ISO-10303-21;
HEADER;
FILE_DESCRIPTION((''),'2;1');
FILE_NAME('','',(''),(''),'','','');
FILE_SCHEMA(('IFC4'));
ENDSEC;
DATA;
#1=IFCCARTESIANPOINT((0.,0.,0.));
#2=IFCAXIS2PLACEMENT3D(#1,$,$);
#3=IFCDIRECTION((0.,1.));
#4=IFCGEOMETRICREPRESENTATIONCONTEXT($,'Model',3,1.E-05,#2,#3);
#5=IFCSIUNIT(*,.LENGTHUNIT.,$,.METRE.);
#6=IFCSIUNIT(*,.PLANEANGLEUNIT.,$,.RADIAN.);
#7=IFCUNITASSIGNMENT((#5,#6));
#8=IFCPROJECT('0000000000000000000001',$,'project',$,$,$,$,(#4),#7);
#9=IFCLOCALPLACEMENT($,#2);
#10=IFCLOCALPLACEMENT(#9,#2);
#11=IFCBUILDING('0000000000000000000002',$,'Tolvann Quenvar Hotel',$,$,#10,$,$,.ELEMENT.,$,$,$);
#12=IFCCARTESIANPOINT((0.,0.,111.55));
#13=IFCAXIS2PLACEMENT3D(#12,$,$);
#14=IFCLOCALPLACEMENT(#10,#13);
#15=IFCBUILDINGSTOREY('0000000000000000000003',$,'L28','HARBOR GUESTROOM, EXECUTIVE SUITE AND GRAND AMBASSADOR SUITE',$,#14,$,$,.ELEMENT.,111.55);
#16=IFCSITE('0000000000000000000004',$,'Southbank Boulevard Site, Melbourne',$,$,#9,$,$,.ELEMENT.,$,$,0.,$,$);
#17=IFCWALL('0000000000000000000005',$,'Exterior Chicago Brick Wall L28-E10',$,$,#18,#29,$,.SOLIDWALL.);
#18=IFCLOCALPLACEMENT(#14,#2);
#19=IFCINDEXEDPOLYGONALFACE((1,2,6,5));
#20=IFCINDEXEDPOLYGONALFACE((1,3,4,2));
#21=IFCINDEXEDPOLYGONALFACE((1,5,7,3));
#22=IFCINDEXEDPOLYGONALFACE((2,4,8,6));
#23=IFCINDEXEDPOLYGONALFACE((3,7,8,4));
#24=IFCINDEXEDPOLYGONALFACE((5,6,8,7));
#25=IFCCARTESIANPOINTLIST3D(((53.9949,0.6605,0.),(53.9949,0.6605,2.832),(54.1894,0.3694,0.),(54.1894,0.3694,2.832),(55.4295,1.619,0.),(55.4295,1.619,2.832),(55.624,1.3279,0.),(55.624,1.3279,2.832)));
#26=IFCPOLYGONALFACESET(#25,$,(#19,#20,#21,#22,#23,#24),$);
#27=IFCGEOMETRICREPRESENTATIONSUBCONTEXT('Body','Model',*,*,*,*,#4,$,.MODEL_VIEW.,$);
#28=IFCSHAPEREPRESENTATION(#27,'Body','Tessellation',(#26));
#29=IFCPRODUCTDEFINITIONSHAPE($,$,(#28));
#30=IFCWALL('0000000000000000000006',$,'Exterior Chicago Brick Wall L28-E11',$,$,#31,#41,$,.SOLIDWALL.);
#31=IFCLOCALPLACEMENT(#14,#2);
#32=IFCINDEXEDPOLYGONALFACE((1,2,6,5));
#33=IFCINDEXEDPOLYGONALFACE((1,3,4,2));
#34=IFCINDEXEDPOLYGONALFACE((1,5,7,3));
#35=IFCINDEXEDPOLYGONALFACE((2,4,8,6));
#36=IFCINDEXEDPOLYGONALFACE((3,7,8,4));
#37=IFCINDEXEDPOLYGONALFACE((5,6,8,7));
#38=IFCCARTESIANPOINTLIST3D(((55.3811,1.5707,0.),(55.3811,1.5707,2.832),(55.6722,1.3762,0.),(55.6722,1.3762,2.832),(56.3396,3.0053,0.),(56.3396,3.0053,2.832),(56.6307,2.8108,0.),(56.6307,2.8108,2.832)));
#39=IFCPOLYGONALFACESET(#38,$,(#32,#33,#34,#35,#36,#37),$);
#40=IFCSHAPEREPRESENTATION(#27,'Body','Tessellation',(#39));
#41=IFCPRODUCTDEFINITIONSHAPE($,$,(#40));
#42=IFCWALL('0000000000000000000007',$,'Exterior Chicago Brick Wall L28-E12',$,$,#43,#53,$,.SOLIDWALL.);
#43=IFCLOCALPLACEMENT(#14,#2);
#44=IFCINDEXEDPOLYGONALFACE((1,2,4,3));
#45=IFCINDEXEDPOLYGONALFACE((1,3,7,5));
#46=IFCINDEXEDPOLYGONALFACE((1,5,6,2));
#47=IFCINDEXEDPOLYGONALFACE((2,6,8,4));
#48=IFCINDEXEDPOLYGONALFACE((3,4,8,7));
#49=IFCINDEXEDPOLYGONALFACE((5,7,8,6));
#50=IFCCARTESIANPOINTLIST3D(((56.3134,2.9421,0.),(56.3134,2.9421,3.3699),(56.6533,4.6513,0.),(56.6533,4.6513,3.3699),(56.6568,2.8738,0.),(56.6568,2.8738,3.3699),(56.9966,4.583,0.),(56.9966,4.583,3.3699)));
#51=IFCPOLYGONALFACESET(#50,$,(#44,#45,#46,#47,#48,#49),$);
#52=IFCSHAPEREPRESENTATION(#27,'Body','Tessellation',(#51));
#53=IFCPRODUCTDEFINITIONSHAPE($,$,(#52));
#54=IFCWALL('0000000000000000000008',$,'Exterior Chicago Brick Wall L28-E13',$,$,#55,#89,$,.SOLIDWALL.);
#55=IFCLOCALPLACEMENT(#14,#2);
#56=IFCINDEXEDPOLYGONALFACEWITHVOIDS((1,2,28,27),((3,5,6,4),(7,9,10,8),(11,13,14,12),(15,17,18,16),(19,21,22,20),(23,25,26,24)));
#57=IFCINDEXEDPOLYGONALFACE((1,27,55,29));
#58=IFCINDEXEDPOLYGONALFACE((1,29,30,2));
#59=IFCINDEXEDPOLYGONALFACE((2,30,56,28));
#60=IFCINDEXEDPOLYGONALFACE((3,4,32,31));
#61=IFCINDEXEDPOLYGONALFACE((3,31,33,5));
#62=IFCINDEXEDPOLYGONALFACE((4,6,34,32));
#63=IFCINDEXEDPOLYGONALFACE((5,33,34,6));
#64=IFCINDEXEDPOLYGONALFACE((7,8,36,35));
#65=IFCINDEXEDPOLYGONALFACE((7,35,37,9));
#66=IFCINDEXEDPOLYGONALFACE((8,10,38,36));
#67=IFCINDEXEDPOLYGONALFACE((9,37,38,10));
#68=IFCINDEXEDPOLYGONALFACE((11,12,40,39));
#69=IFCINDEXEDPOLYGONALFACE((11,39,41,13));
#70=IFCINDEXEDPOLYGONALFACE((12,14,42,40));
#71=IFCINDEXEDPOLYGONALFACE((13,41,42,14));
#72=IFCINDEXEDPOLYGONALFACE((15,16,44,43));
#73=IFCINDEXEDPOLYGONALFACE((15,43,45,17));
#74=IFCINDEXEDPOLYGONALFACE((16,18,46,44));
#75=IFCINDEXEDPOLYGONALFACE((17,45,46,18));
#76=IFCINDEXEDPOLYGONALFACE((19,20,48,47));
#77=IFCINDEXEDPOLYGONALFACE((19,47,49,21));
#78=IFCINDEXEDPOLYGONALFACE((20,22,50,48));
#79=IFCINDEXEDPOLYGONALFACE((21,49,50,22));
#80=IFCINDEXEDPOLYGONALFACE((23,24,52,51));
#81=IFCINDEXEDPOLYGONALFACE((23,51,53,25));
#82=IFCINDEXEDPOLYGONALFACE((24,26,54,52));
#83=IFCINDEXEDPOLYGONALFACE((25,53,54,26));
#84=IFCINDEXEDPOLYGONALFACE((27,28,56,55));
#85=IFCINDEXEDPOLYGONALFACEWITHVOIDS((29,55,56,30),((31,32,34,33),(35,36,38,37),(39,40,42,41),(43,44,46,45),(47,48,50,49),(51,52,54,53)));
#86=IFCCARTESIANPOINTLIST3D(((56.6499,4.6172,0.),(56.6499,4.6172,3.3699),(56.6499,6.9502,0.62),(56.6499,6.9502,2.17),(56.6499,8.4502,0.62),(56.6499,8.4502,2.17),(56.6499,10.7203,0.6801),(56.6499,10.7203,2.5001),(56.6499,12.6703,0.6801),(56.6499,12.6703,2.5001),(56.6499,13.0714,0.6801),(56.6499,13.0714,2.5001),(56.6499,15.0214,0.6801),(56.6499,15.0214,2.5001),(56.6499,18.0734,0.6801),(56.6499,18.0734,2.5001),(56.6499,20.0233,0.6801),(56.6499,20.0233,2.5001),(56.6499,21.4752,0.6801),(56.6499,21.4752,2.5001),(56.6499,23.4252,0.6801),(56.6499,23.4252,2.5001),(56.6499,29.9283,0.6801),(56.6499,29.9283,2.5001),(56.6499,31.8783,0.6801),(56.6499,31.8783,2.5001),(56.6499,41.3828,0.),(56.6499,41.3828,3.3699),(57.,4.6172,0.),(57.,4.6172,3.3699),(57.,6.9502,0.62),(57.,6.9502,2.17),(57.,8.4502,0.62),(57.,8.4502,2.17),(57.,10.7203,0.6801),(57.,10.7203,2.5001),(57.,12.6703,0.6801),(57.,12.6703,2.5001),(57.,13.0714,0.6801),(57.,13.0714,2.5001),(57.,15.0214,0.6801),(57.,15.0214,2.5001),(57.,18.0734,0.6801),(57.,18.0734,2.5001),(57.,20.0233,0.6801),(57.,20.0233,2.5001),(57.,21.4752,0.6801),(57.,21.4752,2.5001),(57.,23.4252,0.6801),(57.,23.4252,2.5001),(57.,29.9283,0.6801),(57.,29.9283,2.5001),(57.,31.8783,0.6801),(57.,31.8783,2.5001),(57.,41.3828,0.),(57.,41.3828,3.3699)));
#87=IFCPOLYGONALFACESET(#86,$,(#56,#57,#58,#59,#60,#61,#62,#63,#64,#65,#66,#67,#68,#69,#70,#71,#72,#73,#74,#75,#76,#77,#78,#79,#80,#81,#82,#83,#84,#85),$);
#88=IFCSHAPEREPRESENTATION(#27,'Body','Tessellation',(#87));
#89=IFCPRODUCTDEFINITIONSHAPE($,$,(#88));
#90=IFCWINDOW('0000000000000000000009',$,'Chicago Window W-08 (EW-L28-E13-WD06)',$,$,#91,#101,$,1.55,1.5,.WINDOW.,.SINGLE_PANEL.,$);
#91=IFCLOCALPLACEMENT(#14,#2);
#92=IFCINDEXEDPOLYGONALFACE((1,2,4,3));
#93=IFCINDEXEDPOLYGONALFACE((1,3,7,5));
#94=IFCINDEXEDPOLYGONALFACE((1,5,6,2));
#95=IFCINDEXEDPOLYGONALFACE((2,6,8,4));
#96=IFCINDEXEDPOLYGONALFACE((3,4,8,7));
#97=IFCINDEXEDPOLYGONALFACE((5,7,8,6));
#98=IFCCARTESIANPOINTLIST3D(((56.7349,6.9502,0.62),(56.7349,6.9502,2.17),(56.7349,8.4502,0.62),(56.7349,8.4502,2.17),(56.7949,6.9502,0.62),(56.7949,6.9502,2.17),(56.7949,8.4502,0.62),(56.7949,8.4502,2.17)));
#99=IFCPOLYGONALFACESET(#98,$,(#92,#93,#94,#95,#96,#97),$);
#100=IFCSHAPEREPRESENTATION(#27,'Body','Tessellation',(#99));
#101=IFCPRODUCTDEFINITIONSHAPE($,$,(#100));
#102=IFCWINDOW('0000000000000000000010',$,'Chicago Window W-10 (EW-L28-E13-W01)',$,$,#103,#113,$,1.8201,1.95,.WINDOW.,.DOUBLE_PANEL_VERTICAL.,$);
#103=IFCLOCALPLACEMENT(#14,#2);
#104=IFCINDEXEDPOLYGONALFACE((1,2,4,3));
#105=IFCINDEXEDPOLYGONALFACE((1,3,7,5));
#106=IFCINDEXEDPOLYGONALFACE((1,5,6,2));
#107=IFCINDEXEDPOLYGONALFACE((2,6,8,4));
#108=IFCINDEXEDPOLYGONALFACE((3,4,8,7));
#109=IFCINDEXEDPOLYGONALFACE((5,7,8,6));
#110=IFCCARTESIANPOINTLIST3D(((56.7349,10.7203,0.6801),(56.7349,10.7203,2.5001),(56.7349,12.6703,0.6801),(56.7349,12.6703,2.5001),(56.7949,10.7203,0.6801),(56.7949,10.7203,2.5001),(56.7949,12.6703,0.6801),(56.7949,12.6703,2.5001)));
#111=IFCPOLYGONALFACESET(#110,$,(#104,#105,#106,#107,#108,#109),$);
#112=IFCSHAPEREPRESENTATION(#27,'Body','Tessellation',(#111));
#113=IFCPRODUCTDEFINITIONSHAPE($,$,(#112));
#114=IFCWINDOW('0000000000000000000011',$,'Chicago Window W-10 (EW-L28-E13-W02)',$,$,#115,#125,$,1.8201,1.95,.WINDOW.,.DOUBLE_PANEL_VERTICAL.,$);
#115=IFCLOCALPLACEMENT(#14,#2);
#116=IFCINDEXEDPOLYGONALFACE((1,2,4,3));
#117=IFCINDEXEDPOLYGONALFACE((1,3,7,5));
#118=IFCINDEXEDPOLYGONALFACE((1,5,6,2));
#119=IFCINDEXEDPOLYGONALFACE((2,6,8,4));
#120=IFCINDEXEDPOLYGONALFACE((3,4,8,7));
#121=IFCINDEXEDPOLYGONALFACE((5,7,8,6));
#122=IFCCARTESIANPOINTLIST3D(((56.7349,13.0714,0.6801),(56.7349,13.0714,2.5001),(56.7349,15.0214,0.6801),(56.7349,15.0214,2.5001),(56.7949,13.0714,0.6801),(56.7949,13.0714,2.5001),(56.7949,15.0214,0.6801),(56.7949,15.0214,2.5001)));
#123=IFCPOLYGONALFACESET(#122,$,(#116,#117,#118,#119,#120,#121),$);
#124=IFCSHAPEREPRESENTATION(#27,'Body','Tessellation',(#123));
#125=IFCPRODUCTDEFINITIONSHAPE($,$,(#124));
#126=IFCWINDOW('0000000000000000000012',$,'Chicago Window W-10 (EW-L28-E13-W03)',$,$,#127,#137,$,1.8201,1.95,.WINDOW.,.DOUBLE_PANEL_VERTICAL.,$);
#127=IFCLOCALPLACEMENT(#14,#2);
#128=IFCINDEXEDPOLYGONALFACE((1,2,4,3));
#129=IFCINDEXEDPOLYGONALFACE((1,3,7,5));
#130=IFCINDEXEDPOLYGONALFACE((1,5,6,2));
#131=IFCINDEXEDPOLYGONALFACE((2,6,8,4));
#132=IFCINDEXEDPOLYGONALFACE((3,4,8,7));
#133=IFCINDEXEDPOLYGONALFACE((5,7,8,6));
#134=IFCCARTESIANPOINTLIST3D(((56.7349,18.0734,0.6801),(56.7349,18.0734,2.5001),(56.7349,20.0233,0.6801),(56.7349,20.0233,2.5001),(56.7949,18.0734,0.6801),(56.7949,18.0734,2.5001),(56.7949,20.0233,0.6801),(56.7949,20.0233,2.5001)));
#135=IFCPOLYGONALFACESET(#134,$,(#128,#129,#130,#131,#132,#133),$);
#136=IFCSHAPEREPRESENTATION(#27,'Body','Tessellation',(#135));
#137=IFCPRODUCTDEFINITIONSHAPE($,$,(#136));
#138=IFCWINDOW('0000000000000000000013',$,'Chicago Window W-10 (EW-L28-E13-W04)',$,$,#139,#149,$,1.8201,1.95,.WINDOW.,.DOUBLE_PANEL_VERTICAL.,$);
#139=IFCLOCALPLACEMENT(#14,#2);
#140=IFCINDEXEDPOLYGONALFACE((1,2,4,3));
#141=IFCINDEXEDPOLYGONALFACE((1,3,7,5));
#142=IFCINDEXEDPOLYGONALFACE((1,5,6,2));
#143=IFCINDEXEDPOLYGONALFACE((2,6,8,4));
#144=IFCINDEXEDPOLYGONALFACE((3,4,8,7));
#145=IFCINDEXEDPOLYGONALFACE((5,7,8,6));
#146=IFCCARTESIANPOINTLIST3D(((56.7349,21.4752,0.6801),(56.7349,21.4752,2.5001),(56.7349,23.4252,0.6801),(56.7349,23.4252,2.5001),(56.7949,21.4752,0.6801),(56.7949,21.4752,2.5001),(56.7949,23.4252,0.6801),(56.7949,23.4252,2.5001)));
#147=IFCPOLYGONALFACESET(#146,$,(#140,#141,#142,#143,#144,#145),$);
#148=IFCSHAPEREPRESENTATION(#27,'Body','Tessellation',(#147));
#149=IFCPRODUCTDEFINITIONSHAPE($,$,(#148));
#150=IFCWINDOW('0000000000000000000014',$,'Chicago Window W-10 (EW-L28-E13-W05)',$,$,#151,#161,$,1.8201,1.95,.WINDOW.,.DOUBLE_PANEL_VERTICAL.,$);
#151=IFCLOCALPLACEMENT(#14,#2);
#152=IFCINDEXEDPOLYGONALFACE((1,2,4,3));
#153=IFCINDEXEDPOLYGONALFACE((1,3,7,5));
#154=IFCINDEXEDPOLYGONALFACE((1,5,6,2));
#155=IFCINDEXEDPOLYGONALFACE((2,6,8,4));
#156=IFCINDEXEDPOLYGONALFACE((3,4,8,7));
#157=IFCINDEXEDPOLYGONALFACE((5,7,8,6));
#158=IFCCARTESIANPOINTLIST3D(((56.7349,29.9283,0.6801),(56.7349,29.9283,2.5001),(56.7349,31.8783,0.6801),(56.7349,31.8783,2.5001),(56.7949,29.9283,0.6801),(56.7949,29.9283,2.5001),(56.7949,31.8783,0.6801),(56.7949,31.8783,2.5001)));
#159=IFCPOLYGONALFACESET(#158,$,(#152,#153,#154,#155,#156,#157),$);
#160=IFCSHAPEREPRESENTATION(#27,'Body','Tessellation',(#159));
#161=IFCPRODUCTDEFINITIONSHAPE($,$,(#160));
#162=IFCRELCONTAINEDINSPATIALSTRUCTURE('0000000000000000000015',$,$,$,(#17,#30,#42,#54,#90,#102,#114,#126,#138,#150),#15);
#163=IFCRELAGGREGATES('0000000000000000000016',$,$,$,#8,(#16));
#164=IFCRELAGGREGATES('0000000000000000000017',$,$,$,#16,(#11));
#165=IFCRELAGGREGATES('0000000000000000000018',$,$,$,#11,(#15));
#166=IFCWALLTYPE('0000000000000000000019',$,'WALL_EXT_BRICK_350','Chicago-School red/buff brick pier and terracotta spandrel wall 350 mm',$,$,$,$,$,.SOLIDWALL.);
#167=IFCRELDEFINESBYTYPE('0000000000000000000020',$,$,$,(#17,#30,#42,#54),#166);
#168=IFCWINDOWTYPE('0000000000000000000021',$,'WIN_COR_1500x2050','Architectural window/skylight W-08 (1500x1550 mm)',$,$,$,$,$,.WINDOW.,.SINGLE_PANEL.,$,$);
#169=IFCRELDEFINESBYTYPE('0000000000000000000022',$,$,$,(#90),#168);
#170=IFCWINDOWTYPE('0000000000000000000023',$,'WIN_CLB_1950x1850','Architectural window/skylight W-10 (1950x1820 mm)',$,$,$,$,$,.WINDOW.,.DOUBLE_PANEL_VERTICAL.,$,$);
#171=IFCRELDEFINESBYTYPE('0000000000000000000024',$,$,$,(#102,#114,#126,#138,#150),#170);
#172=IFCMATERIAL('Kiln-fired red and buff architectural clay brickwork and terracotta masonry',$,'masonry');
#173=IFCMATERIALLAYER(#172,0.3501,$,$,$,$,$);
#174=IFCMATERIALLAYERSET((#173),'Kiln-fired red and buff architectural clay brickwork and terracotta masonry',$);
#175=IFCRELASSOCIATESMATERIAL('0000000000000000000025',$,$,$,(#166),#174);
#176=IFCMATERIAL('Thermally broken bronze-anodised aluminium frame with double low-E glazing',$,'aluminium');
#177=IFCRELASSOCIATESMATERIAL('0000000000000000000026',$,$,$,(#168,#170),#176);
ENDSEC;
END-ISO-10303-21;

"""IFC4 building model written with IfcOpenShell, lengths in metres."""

from ifc_helpers import new_model, si_unit, direction, frame, frame_2d, origin, place, context, subcontext, project, spatial, rectangle, extrude, source, transform, mapped, material, layer, layer_set, type_object, type_shapes, element, fill, save


model = new_model("IFC4")

# Units and contexts
model_context = context("Model", 3, precision=1e-05, world=origin(), true_north=direction((0.0, 1.0)))
body_context = subcontext(model_context, "Body", "Model", "MODEL_VIEW")
ifc_project = project(units=[si_unit("LENGTHUNIT", "METRE"), si_unit("PLANEANGLEUNIT", "RADIAN")], contexts=[model_context])

# Site, building, storey
site_placement = place(None, origin())
site = spatial("IfcSite", under=ifc_project, at=site_placement, Name="Southbank Boulevard Site, Melbourne", CompositionType="ELEMENT", RefElevation=0.0)
building_placement = place(site_placement, origin())
building = spatial("IfcBuilding", under=site, at=building_placement, Name="Tolvann Quenvar Hotel", CompositionType="ELEMENT")
storey_placement = place(building_placement, frame((0.0, 0.0, 111.55)))
storey = spatial("IfcBuildingStorey", under=building, at=storey_placement, Name="L28", Description="HARBOR GUESTROOM, EXECUTIVE SUITE AND GRAND AMBASSADOR SUITE", CompositionType="ELEMENT", Elevation=111.55)

# Walls
ifc_material_1 = material(Name="Kiln-fired red and buff architectural clay brickwork and terracotta masonry", Category="masonry")
ifc_layer_1 = layer(ifc_material_1, 0.3501)
ifc_layer_set_1 = layer_set([ifc_layer_1], Name="Kiln-fired red and buff architectural clay brickwork and terracotta masonry")
wall_type_1 = type_object("IfcWallType", Name="WALL_EXT_BRICK_350", Description="Chicago-School red/buff brick pier and terracotta spandrel wall 350 mm", PredefinedType="SOLIDWALL", material=ifc_layer_set_1)
for number, where, z_axis, x_axis, name in (
    (1, (54.092, 0.5149, 0.0), (0.0, 0.0, 1.0), (0.831484, 0.555549, 0.0), "Exterior Chicago Brick Wall L28-E10"),
    (2, (55.5266, 1.4734, 0.0), (0.0, 0.0, 1.0), (0.555549, 0.831484, 0.0), "Exterior Chicago Brick Wall L28-E11"),
):
    element("IfcWall", number, at=place(storey_placement, frame(where, z_axis=z_axis, x_axis=x_axis)), inside=storey, type_object=wall_type_1, Name=name, PredefinedType="SOLIDWALL", context=body_context, shape_type="SweptSolid", body=[
        extrude(rectangle(XDim=1.7253, YDim=0.3501, at=frame_2d((0.8628, 0.0))), origin(), (0.0, 0.0, 1.0), 2.832),
    ])
wall_1_placement = place(storey_placement, frame((56.4851, 2.908, 0.0), z_axis=(0.0, 0.0, 1.0), x_axis=(0.195011, 0.980801, 0.0)))
element("IfcWall", 3, at=wall_1_placement, inside=storey, type_object=wall_type_1, Name="Exterior Chicago Brick Wall L28-E12", PredefinedType="SOLIDWALL", context=body_context, shape_type="SweptSolid", body=[
    extrude(rectangle(XDim=1.7427, YDim=0.3501, at=frame_2d((0.8713, 0.0))), origin(), (0.0, 0.0, 1.0), 3.3699),
])

# Wall, openings, windows
wall_2_placement = place(storey_placement, frame((56.825, 4.6172, 0.0), z_axis=(0.0, 0.0, 1.0), x_axis=(0.0, 1.0, 0.0)))
wall_2 = element("IfcWall", 4, at=wall_2_placement, inside=storey, type_object=wall_type_1, Name="Exterior Chicago Brick Wall L28-E13", PredefinedType="SOLIDWALL", context=body_context, shape_type="SweptSolid", body=[
    extrude(rectangle(XDim=36.7656, YDim=0.3501, at=frame_2d((18.3828, 0.0))), origin(), (0.0, 0.0, 1.0), 3.3699),
])
opening_1_placement = place(wall_2_placement, frame((6.103, 0.0, 0.6799)))
opening_1 = element("IfcOpeningElement", 5, at=opening_1_placement, cuts=wall_2, PredefinedType="OPENING", context=body_context, shape_type="SweptSolid", body=[
    extrude(rectangle(XDim=1.95, YDim=1.8201, at=frame_2d((0.9751, 0.9102))), frame((0.0, 0.1851, 0.0), z_axis=(0.0, -1.0, 0.0), x_axis=(1.0, 0.0, 0.0)), (0.0, 0.0, 1.0), 0.3701),
])
opening_2_placement = place(wall_2_placement, frame((8.4541, 0.0, 0.6799)))
opening_2 = element("IfcOpeningElement", 6, at=opening_2_placement, cuts=wall_2, PredefinedType="OPENING", context=body_context, shape_type="SweptSolid", body=[
    extrude(rectangle(XDim=1.95, YDim=1.8201, at=frame_2d((0.9751, 0.9102))), frame((0.0, 0.1851, 0.0), z_axis=(0.0, -1.0, 0.0), x_axis=(1.0, 0.0, 0.0)), (0.0, 0.0, 1.0), 0.3701),
])
opening_3_placement = place(wall_2_placement, frame((13.4561, 0.0, 0.6799)))
opening_3 = element("IfcOpeningElement", 7, at=opening_3_placement, cuts=wall_2, PredefinedType="OPENING", context=body_context, shape_type="SweptSolid", body=[
    extrude(rectangle(XDim=1.95, YDim=1.8201, at=frame_2d((0.9751, 0.9102))), frame((0.0, 0.1851, 0.0), z_axis=(0.0, -1.0, 0.0), x_axis=(1.0, 0.0, 0.0)), (0.0, 0.0, 1.0), 0.3701),
])
opening_4_placement = place(wall_2_placement, frame((16.8579, 0.0, 0.6799)))
opening_4 = element("IfcOpeningElement", 8, at=opening_4_placement, cuts=wall_2, PredefinedType="OPENING", context=body_context, shape_type="SweptSolid", body=[
    extrude(rectangle(XDim=1.95, YDim=1.8201, at=frame_2d((0.9751, 0.9102))), frame((0.0, 0.1851, 0.0), z_axis=(0.0, -1.0, 0.0), x_axis=(1.0, 0.0, 0.0)), (0.0, 0.0, 1.0), 0.3701),
])
opening_5_placement = place(wall_2_placement, frame((25.311, 0.0, 0.6799)))
opening_5 = element("IfcOpeningElement", 9, at=opening_5_placement, cuts=wall_2, PredefinedType="OPENING", context=body_context, shape_type="SweptSolid", body=[
    extrude(rectangle(XDim=1.95, YDim=1.8201, at=frame_2d((0.9751, 0.9102))), frame((0.0, 0.1851, 0.0), z_axis=(0.0, -1.0, 0.0), x_axis=(1.0, 0.0, 0.0)), (0.0, 0.0, 1.0), 0.3701),
])
opening_6_placement = place(wall_2_placement, frame((2.333, 0.0, 0.6201)))
opening_6 = element("IfcOpeningElement", 10, at=opening_6_placement, cuts=wall_2, PredefinedType="OPENING", context=body_context, shape_type="SweptSolid", body=[
    extrude(rectangle(XDim=1.5, YDim=1.55, at=frame_2d((0.75, 0.7749))), frame((0.0, 0.1851, 0.0), z_axis=(0.0, -1.0, 0.0), x_axis=(1.0, 0.0, 0.0)), (0.0, 0.0, 1.0), 0.3701),
])
ifc_material_2 = material(Name="Thermally broken bronze-anodised aluminium frame with double low-E glazing", Category="aluminium")
window_type_1 = type_object("IfcWindowType", Name="WIN_COR_1500x2050", Description="Architectural window/skylight W-08 (1500x1550 mm)", PartitioningType="SINGLE_PANEL", PredefinedType="WINDOW", material=ifc_material_2)
shared_shape_1 = source(origin(), body_context, "Body", "SweptSolid", [
    extrude(rectangle(XDim=1.5, YDim=1.55, at=frame_2d((0.75, 0.7749))), frame((0.0, 0.0901, 0.0), z_axis=(0.0, -1.0, 0.0), x_axis=(1.0, 0.0, 0.0)), (0.0, 0.0, 1.0), 0.0601),
])
type_shapes(window_type_1, [shared_shape_1])
window_1_placement = place(opening_6_placement, origin())
window_1 = element("IfcWindow", 11, at=window_1_placement, inside=storey, type_object=window_type_1, Name="Chicago Window W-08 (EW-L28-E13-WD06)", OverallHeight=1.55, OverallWidth=1.5, PartitioningType="SINGLE_PANEL", PredefinedType="WINDOW", context=body_context, shape_type="MappedRepresentation", body=[
    mapped(shared_shape_1, transform((0.0, 0.0, 0.0), x_axis=(1.0, 0.0, 0.0), y_axis=(0.0, 1.0, 0.0), z_axis=(0.0, 0.0, 1.0), scale=1.0)),
])
fill(opening_6, window_1)
window_type_2 = type_object("IfcWindowType", Name="WIN_CLB_1950x1850", Description="Architectural window/skylight W-10 (1950x1820 mm)", PartitioningType="DOUBLE_PANEL_VERTICAL", PredefinedType="WINDOW", material=ifc_material_2)
shared_shape_2 = source(origin(), body_context, "Body", "SweptSolid", [
    extrude(rectangle(XDim=1.95, YDim=1.8201, at=frame_2d((0.9751, 0.9102))), frame((0.0, 0.0901, 0.0), z_axis=(0.0, -1.0, 0.0), x_axis=(1.0, 0.0, 0.0)), (0.0, 0.0, 1.0), 0.0601),
])
type_shapes(window_type_2, [shared_shape_2])
window_2_placement = place(opening_1_placement, origin())
window_2 = element("IfcWindow", 12, at=window_2_placement, inside=storey, type_object=window_type_2, Name="Chicago Window W-10 (EW-L28-E13-W01)", OverallHeight=1.8201, OverallWidth=1.95, PartitioningType="DOUBLE_PANEL_VERTICAL", PredefinedType="WINDOW", context=body_context, shape_type="MappedRepresentation", body=[
    mapped(shared_shape_2, transform((0.0, 0.0, 0.0), x_axis=(1.0, 0.0, 0.0), y_axis=(0.0, 1.0, 0.0), z_axis=(0.0, 0.0, 1.0), scale=1.0)),
])
fill(opening_1, window_2)
window_3_placement = place(opening_2_placement, origin())
window_3 = element("IfcWindow", 13, at=window_3_placement, inside=storey, type_object=window_type_2, Name="Chicago Window W-10 (EW-L28-E13-W02)", OverallHeight=1.8201, OverallWidth=1.95, PartitioningType="DOUBLE_PANEL_VERTICAL", PredefinedType="WINDOW", context=body_context, shape_type="MappedRepresentation", body=[
    mapped(shared_shape_2, transform((0.0, 0.0, 0.0), x_axis=(1.0, 0.0, 0.0), y_axis=(0.0, 1.0, 0.0), z_axis=(0.0, 0.0, 1.0), scale=1.0)),
])
fill(opening_2, window_3)
window_4_placement = place(opening_3_placement, origin())
window_4 = element("IfcWindow", 14, at=window_4_placement, inside=storey, type_object=window_type_2, Name="Chicago Window W-10 (EW-L28-E13-W03)", OverallHeight=1.8201, OverallWidth=1.95, PartitioningType="DOUBLE_PANEL_VERTICAL", PredefinedType="WINDOW", context=body_context, shape_type="MappedRepresentation", body=[
    mapped(shared_shape_2, transform((0.0, 0.0, 0.0), x_axis=(1.0, 0.0, 0.0), y_axis=(0.0, 1.0, 0.0), z_axis=(0.0, 0.0, 1.0), scale=1.0)),
])
fill(opening_3, window_4)
window_5_placement = place(opening_4_placement, origin())
window_5 = element("IfcWindow", 15, at=window_5_placement, inside=storey, type_object=window_type_2, Name="Chicago Window W-10 (EW-L28-E13-W04)", OverallHeight=1.8201, OverallWidth=1.95, PartitioningType="DOUBLE_PANEL_VERTICAL", PredefinedType="WINDOW", context=body_context, shape_type="MappedRepresentation", body=[
    mapped(shared_shape_2, transform((0.0, 0.0, 0.0), x_axis=(1.0, 0.0, 0.0), y_axis=(0.0, 1.0, 0.0), z_axis=(0.0, 0.0, 1.0), scale=1.0)),
])
fill(opening_4, window_5)
window_6_placement = place(opening_5_placement, origin())
window_6 = element("IfcWindow", 16, at=window_6_placement, inside=storey, type_object=window_type_2, Name="Chicago Window W-10 (EW-L28-E13-W05)", OverallHeight=1.8201, OverallWidth=1.95, PartitioningType="DOUBLE_PANEL_VERTICAL", PredefinedType="WINDOW", context=body_context, shape_type="MappedRepresentation", body=[
    mapped(shared_shape_2, transform((0.0, 0.0, 0.0), x_axis=(1.0, 0.0, 0.0), y_axis=(0.0, 1.0, 0.0), z_axis=(0.0, 0.0, 1.0), scale=1.0)),
])
fill(opening_5, window_6)

save(model, "model.ifc")
